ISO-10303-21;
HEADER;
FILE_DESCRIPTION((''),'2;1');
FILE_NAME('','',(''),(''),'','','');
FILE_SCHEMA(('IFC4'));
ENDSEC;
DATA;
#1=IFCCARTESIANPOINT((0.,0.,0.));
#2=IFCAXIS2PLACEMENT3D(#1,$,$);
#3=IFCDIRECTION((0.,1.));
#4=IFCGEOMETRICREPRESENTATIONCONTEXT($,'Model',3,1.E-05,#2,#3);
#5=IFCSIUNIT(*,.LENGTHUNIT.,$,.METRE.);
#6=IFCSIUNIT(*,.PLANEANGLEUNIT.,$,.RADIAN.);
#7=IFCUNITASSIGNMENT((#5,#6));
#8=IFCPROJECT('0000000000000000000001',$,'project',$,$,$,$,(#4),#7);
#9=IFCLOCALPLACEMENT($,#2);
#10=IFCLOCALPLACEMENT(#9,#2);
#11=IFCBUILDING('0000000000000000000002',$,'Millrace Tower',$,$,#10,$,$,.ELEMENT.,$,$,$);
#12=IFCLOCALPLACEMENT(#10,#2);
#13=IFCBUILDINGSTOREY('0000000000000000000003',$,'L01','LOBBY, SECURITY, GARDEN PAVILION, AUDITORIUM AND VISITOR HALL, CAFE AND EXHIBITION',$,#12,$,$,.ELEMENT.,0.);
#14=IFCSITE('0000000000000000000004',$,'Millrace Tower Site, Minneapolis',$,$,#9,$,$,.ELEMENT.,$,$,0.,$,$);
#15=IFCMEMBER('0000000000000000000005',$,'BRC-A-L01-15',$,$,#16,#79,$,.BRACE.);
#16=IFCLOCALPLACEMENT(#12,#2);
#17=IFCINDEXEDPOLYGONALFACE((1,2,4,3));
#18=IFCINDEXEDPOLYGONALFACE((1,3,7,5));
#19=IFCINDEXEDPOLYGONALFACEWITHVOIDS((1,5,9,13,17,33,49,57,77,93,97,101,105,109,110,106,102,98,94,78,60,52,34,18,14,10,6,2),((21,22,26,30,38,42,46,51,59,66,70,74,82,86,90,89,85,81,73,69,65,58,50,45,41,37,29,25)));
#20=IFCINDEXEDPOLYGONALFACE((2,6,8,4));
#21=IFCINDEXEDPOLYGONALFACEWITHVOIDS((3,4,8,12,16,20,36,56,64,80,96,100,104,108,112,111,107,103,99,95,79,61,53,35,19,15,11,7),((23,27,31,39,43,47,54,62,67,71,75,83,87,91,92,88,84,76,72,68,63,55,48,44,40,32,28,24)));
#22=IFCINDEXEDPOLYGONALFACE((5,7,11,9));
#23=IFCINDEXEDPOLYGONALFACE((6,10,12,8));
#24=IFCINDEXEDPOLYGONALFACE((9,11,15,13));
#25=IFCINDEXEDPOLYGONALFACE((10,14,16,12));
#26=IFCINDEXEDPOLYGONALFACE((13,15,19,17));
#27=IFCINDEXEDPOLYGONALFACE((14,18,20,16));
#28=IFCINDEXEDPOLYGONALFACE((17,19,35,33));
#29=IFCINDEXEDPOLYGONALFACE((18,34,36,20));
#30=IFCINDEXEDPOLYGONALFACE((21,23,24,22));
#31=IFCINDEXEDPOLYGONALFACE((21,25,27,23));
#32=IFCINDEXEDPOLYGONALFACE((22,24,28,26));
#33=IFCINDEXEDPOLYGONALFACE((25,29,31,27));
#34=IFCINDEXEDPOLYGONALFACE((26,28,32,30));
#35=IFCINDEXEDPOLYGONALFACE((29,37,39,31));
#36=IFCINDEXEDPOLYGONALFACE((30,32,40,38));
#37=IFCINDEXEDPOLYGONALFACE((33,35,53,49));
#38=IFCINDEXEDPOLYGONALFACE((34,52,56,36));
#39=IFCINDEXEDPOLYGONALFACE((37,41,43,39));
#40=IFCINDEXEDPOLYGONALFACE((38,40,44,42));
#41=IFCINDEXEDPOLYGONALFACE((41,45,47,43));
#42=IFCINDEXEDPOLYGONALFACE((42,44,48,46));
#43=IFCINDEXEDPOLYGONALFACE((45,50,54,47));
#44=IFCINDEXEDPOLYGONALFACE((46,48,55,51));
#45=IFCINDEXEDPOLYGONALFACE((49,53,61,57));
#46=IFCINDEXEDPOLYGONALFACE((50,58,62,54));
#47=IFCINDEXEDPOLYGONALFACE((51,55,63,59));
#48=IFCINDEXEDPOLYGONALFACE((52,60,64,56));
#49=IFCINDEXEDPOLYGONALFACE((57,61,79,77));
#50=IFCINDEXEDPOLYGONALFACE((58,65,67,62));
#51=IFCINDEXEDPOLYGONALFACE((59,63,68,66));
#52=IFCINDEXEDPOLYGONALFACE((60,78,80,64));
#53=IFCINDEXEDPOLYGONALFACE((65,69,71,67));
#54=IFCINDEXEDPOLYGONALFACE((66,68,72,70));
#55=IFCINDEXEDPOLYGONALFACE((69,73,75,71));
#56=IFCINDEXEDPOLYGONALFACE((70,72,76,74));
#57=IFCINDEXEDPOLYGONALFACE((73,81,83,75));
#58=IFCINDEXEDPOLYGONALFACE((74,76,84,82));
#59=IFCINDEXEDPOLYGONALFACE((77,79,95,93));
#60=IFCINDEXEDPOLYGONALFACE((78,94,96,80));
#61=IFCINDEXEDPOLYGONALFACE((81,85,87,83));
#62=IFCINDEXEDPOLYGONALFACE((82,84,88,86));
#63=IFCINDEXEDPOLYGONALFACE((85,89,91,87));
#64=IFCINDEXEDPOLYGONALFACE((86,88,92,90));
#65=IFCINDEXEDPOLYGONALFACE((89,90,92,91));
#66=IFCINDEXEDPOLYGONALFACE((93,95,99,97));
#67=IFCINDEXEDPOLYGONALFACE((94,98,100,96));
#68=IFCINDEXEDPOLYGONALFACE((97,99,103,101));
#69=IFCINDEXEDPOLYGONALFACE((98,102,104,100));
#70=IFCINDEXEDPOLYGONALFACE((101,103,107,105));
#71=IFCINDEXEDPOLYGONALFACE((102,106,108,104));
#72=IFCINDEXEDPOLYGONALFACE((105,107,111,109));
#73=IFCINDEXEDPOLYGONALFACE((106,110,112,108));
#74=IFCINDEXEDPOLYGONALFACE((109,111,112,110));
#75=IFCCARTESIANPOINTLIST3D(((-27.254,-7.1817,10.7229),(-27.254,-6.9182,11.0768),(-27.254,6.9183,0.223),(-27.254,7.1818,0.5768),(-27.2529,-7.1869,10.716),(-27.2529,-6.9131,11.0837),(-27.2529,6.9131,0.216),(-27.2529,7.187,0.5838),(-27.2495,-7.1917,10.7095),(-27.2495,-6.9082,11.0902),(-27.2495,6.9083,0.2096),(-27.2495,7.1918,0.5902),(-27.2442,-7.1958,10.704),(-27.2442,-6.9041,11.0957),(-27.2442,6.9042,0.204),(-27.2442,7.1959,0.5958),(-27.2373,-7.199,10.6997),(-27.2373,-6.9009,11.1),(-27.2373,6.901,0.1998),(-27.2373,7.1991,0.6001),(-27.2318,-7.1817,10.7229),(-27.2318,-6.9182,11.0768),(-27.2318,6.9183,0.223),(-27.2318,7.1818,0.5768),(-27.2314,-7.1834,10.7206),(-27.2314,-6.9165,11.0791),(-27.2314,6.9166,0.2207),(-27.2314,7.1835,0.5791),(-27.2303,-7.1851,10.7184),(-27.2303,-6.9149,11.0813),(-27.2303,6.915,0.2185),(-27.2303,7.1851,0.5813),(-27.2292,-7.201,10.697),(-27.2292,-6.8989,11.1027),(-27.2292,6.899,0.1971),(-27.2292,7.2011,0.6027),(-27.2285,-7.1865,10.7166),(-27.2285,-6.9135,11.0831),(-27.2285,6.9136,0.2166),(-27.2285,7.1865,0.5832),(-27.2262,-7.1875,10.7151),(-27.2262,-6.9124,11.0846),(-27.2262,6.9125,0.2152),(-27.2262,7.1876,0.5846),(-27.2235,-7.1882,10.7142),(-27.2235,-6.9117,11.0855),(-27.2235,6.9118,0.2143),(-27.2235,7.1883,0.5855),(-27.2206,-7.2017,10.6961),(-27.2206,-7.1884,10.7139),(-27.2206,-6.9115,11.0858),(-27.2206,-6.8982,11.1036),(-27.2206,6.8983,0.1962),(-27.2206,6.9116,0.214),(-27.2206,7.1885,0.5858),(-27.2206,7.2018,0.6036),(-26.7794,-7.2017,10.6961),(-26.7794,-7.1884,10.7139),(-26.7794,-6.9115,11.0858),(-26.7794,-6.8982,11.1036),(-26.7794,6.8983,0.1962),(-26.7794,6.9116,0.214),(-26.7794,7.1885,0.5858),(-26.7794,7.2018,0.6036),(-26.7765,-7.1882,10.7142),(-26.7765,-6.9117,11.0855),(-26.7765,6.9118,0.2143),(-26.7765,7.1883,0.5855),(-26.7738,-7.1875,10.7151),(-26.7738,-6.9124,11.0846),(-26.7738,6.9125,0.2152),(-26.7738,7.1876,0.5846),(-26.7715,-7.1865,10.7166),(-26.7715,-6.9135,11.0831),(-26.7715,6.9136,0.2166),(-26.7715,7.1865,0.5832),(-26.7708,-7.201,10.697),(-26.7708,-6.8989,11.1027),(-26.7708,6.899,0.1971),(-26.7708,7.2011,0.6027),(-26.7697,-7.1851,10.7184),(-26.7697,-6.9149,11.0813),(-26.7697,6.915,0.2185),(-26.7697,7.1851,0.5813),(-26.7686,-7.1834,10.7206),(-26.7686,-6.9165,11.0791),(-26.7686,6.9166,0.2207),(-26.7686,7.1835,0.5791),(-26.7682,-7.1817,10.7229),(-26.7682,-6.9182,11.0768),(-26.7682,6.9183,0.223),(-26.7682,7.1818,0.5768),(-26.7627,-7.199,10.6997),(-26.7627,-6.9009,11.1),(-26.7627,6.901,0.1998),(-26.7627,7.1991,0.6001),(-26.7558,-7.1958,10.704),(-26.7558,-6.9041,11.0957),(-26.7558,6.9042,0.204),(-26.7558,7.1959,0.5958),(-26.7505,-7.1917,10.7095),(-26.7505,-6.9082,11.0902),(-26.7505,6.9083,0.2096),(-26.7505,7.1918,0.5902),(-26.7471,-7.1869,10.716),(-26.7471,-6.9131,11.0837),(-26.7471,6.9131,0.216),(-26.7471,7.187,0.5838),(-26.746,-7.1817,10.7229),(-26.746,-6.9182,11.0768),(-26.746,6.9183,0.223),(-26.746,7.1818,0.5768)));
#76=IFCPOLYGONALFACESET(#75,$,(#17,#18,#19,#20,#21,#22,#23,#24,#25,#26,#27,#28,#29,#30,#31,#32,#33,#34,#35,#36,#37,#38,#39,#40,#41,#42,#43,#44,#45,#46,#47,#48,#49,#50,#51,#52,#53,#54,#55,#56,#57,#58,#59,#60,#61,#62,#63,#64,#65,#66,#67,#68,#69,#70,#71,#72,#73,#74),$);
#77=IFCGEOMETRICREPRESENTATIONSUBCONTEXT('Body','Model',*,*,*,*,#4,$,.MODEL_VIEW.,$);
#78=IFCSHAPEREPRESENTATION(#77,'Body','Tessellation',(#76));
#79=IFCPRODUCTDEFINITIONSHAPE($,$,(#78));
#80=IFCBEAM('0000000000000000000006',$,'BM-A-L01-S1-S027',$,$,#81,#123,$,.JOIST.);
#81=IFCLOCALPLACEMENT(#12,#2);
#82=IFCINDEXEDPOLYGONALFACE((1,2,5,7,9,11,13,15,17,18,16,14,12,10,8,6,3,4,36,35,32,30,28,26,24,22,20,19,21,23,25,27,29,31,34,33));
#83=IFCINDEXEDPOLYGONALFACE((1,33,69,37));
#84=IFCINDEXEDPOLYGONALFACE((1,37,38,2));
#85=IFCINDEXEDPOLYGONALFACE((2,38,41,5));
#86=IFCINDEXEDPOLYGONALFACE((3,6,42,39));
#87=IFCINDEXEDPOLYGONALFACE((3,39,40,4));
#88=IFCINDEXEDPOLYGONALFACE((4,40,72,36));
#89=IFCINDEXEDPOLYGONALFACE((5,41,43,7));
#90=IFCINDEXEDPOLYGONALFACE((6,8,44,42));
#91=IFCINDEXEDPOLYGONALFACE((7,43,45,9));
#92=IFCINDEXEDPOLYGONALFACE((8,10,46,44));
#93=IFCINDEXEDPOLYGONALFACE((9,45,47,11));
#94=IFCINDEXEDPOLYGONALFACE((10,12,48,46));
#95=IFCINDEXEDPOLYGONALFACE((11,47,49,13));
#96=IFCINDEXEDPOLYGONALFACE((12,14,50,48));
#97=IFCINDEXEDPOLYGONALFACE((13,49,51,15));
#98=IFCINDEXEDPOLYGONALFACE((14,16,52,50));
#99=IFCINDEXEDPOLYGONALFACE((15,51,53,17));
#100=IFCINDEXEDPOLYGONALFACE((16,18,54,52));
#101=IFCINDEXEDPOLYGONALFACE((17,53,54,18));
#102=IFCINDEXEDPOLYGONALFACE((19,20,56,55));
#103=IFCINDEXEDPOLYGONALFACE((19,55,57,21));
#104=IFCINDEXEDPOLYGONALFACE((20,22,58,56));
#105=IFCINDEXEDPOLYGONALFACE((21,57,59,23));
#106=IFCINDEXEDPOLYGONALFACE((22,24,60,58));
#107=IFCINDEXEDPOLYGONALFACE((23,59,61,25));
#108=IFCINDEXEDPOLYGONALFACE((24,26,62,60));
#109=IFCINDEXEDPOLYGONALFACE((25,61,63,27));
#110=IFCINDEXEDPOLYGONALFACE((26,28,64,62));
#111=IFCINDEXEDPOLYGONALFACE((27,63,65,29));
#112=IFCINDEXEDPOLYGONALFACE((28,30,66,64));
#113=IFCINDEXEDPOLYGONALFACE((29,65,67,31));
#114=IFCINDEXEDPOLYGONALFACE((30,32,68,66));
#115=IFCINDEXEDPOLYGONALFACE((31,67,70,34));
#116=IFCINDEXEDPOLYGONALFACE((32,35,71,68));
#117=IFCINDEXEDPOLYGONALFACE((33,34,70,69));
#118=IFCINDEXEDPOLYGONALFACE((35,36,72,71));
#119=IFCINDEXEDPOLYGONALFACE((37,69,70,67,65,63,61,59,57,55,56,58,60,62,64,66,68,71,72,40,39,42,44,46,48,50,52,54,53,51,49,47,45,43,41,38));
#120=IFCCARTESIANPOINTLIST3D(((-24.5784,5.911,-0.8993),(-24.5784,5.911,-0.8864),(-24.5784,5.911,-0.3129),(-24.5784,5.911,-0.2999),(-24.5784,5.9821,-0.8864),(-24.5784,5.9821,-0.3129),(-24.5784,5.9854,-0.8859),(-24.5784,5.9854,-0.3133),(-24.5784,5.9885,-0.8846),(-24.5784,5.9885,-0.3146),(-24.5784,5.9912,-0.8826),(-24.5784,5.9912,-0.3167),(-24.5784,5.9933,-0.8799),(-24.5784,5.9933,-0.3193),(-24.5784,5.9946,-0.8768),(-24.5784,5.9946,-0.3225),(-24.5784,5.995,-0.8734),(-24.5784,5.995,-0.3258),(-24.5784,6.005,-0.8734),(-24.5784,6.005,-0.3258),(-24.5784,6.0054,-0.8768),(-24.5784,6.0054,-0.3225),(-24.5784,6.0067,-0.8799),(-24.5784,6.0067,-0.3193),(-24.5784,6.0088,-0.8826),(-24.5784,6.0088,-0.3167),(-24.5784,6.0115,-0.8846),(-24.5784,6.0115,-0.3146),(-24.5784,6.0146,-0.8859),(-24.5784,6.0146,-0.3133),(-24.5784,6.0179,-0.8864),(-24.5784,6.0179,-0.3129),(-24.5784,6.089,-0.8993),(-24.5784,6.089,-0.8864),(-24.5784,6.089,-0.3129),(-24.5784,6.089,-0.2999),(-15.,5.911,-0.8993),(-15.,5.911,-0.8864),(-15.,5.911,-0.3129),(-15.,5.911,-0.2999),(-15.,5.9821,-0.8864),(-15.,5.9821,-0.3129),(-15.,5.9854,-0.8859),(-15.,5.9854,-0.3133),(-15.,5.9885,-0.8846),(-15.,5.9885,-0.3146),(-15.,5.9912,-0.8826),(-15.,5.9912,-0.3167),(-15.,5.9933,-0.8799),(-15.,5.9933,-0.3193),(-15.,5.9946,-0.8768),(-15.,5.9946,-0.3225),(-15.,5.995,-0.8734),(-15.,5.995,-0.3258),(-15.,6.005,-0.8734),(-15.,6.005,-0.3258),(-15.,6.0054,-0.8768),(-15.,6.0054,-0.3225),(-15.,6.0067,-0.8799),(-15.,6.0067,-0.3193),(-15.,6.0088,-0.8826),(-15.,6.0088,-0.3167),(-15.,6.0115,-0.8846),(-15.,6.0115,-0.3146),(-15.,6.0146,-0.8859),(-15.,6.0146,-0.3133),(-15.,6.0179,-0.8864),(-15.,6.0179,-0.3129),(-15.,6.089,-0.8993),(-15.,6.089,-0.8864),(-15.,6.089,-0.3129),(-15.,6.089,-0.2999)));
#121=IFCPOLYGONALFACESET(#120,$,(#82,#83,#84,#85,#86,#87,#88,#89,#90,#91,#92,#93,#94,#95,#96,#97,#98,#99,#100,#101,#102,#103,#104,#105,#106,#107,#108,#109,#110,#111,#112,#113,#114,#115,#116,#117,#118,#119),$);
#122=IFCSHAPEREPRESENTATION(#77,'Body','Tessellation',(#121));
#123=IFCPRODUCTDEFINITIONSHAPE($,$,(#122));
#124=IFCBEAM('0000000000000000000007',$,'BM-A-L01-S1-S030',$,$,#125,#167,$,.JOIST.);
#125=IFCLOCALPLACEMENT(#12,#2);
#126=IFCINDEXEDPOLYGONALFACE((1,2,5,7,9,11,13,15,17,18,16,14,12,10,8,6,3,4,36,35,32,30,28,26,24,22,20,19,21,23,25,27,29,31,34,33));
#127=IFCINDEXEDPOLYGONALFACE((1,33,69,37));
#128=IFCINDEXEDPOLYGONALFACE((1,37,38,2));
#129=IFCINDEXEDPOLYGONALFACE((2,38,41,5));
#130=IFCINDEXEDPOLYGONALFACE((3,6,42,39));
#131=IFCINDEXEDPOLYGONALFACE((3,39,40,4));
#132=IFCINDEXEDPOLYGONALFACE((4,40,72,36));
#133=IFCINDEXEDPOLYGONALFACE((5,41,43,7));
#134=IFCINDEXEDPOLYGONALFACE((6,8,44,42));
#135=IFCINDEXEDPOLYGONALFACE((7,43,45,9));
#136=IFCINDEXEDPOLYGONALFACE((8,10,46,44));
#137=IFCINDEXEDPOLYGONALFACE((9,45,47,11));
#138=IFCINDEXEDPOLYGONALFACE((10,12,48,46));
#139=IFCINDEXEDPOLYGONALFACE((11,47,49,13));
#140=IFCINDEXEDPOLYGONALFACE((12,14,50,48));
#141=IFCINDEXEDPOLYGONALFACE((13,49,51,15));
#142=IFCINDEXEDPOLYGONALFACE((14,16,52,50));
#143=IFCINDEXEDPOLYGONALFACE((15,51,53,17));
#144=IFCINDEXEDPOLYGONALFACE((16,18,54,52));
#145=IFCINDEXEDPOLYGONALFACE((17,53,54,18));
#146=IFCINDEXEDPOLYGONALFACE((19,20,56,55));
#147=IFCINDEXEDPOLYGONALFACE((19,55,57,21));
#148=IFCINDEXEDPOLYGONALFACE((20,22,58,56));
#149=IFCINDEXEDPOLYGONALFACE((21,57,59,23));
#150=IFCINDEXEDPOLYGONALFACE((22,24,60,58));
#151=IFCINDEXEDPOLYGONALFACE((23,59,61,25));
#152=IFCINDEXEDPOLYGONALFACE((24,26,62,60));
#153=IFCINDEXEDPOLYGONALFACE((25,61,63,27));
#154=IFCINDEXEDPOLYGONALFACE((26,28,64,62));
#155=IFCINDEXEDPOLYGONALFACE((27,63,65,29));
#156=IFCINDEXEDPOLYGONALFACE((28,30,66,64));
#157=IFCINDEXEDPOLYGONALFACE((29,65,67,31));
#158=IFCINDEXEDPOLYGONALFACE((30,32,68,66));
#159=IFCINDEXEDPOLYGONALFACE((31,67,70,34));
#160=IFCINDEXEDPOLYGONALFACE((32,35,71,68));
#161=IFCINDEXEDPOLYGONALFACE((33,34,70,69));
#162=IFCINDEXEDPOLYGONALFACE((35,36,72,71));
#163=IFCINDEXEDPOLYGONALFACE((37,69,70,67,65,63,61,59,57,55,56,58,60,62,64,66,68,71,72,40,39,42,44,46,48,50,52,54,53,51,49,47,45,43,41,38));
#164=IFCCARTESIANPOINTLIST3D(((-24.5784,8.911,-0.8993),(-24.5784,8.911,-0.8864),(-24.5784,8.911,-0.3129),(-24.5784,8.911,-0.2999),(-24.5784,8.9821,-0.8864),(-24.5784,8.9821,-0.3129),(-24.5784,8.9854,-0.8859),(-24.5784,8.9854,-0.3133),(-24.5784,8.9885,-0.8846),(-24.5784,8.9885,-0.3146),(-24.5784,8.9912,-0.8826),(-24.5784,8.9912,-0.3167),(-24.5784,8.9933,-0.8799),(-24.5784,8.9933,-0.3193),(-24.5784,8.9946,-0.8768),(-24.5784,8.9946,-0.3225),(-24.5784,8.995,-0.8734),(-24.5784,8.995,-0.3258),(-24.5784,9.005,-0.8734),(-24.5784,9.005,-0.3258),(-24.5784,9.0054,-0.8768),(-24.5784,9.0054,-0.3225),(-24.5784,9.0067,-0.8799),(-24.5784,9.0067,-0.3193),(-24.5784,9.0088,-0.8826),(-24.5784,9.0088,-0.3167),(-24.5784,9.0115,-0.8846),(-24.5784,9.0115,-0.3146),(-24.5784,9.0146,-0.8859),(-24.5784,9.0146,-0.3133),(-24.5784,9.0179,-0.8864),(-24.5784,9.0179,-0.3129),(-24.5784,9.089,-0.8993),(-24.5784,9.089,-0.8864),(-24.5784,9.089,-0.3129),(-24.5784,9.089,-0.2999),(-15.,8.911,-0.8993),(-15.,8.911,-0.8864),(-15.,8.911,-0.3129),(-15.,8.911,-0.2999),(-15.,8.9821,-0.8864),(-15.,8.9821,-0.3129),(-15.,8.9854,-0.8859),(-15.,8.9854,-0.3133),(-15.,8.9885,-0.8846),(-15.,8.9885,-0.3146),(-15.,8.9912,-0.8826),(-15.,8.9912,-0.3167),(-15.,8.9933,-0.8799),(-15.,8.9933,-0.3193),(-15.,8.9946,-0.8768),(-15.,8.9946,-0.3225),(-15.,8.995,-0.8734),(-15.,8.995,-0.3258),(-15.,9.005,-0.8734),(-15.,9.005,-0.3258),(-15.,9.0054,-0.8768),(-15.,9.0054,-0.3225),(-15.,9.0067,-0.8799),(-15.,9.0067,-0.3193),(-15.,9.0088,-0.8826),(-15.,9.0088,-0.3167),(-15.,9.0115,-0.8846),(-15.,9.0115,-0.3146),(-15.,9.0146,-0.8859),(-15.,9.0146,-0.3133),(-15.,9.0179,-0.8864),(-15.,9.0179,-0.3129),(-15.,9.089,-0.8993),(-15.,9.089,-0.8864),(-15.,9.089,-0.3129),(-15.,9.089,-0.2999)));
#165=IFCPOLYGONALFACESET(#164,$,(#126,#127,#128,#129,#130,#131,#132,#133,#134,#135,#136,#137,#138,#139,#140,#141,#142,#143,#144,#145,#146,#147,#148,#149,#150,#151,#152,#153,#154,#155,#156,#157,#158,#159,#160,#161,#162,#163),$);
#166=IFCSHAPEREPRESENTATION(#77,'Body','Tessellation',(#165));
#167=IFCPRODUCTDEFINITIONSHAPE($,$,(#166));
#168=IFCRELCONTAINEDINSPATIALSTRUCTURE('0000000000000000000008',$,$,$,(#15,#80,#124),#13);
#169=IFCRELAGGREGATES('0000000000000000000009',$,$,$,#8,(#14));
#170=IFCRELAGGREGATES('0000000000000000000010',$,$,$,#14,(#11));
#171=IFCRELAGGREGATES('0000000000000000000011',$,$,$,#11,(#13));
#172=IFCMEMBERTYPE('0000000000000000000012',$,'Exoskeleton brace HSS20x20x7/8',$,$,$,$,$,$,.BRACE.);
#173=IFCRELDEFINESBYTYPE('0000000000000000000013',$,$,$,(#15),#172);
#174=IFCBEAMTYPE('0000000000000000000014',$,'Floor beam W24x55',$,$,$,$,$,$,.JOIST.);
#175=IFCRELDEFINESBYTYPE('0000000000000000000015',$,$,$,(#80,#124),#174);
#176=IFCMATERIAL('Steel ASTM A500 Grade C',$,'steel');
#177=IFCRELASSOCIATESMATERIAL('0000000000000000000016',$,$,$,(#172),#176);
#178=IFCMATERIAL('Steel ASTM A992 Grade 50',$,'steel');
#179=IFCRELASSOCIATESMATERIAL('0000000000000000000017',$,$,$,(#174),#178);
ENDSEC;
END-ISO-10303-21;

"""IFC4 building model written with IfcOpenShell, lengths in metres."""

from ifc_helpers import new_model, si_unit, direction, frame, origin, origin_2d, place, context, subcontext, project, spatial, hollow_rectangle, i_section, extrude, material, material_profile, profile_set, type_object, element, save


model = new_model("IFC4")

# Units and contexts
model_context = context("Model", 3, precision=1e-05, world=origin(), true_north=direction((0.0, 1.0)))
body_context = subcontext(model_context, "Body", "Model", "MODEL_VIEW")
ifc_project = project(units=[si_unit("LENGTHUNIT", "METRE"), si_unit("PLANEANGLEUNIT", "RADIAN")], contexts=[model_context])

# Site, building, storey
site_placement = place(None, origin())
site = spatial("IfcSite", under=ifc_project, at=site_placement, Name="Millrace Tower Site, Minneapolis", CompositionType="ELEMENT", RefElevation=0.0)
building_placement = place(site_placement, origin())
building = spatial("IfcBuilding", under=site, at=building_placement, Name="Millrace Tower", CompositionType="ELEMENT")
storey_placement = place(building_placement, origin())
storey = spatial("IfcBuildingStorey", under=building, at=storey_placement, Name="L01", Description="LOBBY, SECURITY, GARDEN PAVILION, AUDITORIUM AND VISITOR HALL, CAFE AND EXHIBITION", CompositionType="ELEMENT", Elevation=0.0)

# Member
ifc_material_1 = material(Name="Steel ASTM A500 Grade C", Category="steel")
ifc_material_profile_1 = material_profile(ifc_material_1, hollow_rectangle(XDim=0.5081, YDim=0.5081, WallThickness=0.0222, InnerFilletRadius=0.0112, OuterFilletRadius=0.0334, at=origin_2d()))
ifc_profile_set_1 = profile_set([ifc_material_profile_1], Name="Steel ASTM A500 Grade C")
member_type_1 = type_object("IfcMemberType", Name="Exoskeleton brace HSS20x20x7/8", PredefinedType="BRACE", material=ifc_profile_set_1)
member_1_placement = place(storey_placement, frame((-27.0, 7.05, 0.3999), z_axis=(0.0, -0.802045, 0.597263), x_axis=(1.0, 0.0, 0.0)))
element("IfcMember", 1, at=member_1_placement, inside=storey, type_object=member_type_1, Name="BRC-A-L01-15", PredefinedType="BRACE", context=body_context, shape_type="SweptSolid", body=[
    extrude(hollow_rectangle(XDim=0.5081, YDim=0.5081, WallThickness=0.0222, InnerFilletRadius=0.0112, OuterFilletRadius=0.0334, at=origin_2d()), origin(), (0.0, 0.0, 1.0), 17.5801),
])

# Beams
ifc_material_2 = material(Name="Steel ASTM A992 Grade 50", Category="steel")
ifc_material_profile_2 = material_profile(ifc_material_2, i_section(OverallWidth=0.178, OverallDepth=0.5994, WebThickness=0.01, FlangeThickness=0.0129, FilletRadius=0.0129, at=origin_2d()))
ifc_profile_set_2 = profile_set([ifc_material_profile_2], Name="Steel ASTM A992 Grade 50")
beam_type_1 = type_object("IfcBeamType", Name="Floor beam W24x55", PredefinedType="JOIST", material=ifc_profile_set_2)
for number, where, z_axis, x_axis, name in (
    (2, (-24.5784, 6.0, -0.5996), (1.0, 0.0, 0.0), (0.0, 1.0, 0.0), "BM-A-L01-S1-S027"),
    (3, (-24.5784, 9.0, -0.5996), (1.0, 0.0, 0.0), (0.0, 1.0, 0.0), "BM-A-L01-S1-S030"),
):
    element("IfcBeam", number, at=place(storey_placement, frame(where, z_axis=z_axis, x_axis=x_axis)), inside=storey, type_object=beam_type_1, Name=name, PredefinedType="JOIST", context=body_context, shape_type="SweptSolid", body=[
        extrude(i_section(OverallWidth=0.178, OverallDepth=0.5994, WebThickness=0.01, FlangeThickness=0.0129, FilletRadius=0.0129, at=origin_2d()), origin(), (0.0, 0.0, 1.0), 9.5784),
    ])

save(model, "model.ifc")
